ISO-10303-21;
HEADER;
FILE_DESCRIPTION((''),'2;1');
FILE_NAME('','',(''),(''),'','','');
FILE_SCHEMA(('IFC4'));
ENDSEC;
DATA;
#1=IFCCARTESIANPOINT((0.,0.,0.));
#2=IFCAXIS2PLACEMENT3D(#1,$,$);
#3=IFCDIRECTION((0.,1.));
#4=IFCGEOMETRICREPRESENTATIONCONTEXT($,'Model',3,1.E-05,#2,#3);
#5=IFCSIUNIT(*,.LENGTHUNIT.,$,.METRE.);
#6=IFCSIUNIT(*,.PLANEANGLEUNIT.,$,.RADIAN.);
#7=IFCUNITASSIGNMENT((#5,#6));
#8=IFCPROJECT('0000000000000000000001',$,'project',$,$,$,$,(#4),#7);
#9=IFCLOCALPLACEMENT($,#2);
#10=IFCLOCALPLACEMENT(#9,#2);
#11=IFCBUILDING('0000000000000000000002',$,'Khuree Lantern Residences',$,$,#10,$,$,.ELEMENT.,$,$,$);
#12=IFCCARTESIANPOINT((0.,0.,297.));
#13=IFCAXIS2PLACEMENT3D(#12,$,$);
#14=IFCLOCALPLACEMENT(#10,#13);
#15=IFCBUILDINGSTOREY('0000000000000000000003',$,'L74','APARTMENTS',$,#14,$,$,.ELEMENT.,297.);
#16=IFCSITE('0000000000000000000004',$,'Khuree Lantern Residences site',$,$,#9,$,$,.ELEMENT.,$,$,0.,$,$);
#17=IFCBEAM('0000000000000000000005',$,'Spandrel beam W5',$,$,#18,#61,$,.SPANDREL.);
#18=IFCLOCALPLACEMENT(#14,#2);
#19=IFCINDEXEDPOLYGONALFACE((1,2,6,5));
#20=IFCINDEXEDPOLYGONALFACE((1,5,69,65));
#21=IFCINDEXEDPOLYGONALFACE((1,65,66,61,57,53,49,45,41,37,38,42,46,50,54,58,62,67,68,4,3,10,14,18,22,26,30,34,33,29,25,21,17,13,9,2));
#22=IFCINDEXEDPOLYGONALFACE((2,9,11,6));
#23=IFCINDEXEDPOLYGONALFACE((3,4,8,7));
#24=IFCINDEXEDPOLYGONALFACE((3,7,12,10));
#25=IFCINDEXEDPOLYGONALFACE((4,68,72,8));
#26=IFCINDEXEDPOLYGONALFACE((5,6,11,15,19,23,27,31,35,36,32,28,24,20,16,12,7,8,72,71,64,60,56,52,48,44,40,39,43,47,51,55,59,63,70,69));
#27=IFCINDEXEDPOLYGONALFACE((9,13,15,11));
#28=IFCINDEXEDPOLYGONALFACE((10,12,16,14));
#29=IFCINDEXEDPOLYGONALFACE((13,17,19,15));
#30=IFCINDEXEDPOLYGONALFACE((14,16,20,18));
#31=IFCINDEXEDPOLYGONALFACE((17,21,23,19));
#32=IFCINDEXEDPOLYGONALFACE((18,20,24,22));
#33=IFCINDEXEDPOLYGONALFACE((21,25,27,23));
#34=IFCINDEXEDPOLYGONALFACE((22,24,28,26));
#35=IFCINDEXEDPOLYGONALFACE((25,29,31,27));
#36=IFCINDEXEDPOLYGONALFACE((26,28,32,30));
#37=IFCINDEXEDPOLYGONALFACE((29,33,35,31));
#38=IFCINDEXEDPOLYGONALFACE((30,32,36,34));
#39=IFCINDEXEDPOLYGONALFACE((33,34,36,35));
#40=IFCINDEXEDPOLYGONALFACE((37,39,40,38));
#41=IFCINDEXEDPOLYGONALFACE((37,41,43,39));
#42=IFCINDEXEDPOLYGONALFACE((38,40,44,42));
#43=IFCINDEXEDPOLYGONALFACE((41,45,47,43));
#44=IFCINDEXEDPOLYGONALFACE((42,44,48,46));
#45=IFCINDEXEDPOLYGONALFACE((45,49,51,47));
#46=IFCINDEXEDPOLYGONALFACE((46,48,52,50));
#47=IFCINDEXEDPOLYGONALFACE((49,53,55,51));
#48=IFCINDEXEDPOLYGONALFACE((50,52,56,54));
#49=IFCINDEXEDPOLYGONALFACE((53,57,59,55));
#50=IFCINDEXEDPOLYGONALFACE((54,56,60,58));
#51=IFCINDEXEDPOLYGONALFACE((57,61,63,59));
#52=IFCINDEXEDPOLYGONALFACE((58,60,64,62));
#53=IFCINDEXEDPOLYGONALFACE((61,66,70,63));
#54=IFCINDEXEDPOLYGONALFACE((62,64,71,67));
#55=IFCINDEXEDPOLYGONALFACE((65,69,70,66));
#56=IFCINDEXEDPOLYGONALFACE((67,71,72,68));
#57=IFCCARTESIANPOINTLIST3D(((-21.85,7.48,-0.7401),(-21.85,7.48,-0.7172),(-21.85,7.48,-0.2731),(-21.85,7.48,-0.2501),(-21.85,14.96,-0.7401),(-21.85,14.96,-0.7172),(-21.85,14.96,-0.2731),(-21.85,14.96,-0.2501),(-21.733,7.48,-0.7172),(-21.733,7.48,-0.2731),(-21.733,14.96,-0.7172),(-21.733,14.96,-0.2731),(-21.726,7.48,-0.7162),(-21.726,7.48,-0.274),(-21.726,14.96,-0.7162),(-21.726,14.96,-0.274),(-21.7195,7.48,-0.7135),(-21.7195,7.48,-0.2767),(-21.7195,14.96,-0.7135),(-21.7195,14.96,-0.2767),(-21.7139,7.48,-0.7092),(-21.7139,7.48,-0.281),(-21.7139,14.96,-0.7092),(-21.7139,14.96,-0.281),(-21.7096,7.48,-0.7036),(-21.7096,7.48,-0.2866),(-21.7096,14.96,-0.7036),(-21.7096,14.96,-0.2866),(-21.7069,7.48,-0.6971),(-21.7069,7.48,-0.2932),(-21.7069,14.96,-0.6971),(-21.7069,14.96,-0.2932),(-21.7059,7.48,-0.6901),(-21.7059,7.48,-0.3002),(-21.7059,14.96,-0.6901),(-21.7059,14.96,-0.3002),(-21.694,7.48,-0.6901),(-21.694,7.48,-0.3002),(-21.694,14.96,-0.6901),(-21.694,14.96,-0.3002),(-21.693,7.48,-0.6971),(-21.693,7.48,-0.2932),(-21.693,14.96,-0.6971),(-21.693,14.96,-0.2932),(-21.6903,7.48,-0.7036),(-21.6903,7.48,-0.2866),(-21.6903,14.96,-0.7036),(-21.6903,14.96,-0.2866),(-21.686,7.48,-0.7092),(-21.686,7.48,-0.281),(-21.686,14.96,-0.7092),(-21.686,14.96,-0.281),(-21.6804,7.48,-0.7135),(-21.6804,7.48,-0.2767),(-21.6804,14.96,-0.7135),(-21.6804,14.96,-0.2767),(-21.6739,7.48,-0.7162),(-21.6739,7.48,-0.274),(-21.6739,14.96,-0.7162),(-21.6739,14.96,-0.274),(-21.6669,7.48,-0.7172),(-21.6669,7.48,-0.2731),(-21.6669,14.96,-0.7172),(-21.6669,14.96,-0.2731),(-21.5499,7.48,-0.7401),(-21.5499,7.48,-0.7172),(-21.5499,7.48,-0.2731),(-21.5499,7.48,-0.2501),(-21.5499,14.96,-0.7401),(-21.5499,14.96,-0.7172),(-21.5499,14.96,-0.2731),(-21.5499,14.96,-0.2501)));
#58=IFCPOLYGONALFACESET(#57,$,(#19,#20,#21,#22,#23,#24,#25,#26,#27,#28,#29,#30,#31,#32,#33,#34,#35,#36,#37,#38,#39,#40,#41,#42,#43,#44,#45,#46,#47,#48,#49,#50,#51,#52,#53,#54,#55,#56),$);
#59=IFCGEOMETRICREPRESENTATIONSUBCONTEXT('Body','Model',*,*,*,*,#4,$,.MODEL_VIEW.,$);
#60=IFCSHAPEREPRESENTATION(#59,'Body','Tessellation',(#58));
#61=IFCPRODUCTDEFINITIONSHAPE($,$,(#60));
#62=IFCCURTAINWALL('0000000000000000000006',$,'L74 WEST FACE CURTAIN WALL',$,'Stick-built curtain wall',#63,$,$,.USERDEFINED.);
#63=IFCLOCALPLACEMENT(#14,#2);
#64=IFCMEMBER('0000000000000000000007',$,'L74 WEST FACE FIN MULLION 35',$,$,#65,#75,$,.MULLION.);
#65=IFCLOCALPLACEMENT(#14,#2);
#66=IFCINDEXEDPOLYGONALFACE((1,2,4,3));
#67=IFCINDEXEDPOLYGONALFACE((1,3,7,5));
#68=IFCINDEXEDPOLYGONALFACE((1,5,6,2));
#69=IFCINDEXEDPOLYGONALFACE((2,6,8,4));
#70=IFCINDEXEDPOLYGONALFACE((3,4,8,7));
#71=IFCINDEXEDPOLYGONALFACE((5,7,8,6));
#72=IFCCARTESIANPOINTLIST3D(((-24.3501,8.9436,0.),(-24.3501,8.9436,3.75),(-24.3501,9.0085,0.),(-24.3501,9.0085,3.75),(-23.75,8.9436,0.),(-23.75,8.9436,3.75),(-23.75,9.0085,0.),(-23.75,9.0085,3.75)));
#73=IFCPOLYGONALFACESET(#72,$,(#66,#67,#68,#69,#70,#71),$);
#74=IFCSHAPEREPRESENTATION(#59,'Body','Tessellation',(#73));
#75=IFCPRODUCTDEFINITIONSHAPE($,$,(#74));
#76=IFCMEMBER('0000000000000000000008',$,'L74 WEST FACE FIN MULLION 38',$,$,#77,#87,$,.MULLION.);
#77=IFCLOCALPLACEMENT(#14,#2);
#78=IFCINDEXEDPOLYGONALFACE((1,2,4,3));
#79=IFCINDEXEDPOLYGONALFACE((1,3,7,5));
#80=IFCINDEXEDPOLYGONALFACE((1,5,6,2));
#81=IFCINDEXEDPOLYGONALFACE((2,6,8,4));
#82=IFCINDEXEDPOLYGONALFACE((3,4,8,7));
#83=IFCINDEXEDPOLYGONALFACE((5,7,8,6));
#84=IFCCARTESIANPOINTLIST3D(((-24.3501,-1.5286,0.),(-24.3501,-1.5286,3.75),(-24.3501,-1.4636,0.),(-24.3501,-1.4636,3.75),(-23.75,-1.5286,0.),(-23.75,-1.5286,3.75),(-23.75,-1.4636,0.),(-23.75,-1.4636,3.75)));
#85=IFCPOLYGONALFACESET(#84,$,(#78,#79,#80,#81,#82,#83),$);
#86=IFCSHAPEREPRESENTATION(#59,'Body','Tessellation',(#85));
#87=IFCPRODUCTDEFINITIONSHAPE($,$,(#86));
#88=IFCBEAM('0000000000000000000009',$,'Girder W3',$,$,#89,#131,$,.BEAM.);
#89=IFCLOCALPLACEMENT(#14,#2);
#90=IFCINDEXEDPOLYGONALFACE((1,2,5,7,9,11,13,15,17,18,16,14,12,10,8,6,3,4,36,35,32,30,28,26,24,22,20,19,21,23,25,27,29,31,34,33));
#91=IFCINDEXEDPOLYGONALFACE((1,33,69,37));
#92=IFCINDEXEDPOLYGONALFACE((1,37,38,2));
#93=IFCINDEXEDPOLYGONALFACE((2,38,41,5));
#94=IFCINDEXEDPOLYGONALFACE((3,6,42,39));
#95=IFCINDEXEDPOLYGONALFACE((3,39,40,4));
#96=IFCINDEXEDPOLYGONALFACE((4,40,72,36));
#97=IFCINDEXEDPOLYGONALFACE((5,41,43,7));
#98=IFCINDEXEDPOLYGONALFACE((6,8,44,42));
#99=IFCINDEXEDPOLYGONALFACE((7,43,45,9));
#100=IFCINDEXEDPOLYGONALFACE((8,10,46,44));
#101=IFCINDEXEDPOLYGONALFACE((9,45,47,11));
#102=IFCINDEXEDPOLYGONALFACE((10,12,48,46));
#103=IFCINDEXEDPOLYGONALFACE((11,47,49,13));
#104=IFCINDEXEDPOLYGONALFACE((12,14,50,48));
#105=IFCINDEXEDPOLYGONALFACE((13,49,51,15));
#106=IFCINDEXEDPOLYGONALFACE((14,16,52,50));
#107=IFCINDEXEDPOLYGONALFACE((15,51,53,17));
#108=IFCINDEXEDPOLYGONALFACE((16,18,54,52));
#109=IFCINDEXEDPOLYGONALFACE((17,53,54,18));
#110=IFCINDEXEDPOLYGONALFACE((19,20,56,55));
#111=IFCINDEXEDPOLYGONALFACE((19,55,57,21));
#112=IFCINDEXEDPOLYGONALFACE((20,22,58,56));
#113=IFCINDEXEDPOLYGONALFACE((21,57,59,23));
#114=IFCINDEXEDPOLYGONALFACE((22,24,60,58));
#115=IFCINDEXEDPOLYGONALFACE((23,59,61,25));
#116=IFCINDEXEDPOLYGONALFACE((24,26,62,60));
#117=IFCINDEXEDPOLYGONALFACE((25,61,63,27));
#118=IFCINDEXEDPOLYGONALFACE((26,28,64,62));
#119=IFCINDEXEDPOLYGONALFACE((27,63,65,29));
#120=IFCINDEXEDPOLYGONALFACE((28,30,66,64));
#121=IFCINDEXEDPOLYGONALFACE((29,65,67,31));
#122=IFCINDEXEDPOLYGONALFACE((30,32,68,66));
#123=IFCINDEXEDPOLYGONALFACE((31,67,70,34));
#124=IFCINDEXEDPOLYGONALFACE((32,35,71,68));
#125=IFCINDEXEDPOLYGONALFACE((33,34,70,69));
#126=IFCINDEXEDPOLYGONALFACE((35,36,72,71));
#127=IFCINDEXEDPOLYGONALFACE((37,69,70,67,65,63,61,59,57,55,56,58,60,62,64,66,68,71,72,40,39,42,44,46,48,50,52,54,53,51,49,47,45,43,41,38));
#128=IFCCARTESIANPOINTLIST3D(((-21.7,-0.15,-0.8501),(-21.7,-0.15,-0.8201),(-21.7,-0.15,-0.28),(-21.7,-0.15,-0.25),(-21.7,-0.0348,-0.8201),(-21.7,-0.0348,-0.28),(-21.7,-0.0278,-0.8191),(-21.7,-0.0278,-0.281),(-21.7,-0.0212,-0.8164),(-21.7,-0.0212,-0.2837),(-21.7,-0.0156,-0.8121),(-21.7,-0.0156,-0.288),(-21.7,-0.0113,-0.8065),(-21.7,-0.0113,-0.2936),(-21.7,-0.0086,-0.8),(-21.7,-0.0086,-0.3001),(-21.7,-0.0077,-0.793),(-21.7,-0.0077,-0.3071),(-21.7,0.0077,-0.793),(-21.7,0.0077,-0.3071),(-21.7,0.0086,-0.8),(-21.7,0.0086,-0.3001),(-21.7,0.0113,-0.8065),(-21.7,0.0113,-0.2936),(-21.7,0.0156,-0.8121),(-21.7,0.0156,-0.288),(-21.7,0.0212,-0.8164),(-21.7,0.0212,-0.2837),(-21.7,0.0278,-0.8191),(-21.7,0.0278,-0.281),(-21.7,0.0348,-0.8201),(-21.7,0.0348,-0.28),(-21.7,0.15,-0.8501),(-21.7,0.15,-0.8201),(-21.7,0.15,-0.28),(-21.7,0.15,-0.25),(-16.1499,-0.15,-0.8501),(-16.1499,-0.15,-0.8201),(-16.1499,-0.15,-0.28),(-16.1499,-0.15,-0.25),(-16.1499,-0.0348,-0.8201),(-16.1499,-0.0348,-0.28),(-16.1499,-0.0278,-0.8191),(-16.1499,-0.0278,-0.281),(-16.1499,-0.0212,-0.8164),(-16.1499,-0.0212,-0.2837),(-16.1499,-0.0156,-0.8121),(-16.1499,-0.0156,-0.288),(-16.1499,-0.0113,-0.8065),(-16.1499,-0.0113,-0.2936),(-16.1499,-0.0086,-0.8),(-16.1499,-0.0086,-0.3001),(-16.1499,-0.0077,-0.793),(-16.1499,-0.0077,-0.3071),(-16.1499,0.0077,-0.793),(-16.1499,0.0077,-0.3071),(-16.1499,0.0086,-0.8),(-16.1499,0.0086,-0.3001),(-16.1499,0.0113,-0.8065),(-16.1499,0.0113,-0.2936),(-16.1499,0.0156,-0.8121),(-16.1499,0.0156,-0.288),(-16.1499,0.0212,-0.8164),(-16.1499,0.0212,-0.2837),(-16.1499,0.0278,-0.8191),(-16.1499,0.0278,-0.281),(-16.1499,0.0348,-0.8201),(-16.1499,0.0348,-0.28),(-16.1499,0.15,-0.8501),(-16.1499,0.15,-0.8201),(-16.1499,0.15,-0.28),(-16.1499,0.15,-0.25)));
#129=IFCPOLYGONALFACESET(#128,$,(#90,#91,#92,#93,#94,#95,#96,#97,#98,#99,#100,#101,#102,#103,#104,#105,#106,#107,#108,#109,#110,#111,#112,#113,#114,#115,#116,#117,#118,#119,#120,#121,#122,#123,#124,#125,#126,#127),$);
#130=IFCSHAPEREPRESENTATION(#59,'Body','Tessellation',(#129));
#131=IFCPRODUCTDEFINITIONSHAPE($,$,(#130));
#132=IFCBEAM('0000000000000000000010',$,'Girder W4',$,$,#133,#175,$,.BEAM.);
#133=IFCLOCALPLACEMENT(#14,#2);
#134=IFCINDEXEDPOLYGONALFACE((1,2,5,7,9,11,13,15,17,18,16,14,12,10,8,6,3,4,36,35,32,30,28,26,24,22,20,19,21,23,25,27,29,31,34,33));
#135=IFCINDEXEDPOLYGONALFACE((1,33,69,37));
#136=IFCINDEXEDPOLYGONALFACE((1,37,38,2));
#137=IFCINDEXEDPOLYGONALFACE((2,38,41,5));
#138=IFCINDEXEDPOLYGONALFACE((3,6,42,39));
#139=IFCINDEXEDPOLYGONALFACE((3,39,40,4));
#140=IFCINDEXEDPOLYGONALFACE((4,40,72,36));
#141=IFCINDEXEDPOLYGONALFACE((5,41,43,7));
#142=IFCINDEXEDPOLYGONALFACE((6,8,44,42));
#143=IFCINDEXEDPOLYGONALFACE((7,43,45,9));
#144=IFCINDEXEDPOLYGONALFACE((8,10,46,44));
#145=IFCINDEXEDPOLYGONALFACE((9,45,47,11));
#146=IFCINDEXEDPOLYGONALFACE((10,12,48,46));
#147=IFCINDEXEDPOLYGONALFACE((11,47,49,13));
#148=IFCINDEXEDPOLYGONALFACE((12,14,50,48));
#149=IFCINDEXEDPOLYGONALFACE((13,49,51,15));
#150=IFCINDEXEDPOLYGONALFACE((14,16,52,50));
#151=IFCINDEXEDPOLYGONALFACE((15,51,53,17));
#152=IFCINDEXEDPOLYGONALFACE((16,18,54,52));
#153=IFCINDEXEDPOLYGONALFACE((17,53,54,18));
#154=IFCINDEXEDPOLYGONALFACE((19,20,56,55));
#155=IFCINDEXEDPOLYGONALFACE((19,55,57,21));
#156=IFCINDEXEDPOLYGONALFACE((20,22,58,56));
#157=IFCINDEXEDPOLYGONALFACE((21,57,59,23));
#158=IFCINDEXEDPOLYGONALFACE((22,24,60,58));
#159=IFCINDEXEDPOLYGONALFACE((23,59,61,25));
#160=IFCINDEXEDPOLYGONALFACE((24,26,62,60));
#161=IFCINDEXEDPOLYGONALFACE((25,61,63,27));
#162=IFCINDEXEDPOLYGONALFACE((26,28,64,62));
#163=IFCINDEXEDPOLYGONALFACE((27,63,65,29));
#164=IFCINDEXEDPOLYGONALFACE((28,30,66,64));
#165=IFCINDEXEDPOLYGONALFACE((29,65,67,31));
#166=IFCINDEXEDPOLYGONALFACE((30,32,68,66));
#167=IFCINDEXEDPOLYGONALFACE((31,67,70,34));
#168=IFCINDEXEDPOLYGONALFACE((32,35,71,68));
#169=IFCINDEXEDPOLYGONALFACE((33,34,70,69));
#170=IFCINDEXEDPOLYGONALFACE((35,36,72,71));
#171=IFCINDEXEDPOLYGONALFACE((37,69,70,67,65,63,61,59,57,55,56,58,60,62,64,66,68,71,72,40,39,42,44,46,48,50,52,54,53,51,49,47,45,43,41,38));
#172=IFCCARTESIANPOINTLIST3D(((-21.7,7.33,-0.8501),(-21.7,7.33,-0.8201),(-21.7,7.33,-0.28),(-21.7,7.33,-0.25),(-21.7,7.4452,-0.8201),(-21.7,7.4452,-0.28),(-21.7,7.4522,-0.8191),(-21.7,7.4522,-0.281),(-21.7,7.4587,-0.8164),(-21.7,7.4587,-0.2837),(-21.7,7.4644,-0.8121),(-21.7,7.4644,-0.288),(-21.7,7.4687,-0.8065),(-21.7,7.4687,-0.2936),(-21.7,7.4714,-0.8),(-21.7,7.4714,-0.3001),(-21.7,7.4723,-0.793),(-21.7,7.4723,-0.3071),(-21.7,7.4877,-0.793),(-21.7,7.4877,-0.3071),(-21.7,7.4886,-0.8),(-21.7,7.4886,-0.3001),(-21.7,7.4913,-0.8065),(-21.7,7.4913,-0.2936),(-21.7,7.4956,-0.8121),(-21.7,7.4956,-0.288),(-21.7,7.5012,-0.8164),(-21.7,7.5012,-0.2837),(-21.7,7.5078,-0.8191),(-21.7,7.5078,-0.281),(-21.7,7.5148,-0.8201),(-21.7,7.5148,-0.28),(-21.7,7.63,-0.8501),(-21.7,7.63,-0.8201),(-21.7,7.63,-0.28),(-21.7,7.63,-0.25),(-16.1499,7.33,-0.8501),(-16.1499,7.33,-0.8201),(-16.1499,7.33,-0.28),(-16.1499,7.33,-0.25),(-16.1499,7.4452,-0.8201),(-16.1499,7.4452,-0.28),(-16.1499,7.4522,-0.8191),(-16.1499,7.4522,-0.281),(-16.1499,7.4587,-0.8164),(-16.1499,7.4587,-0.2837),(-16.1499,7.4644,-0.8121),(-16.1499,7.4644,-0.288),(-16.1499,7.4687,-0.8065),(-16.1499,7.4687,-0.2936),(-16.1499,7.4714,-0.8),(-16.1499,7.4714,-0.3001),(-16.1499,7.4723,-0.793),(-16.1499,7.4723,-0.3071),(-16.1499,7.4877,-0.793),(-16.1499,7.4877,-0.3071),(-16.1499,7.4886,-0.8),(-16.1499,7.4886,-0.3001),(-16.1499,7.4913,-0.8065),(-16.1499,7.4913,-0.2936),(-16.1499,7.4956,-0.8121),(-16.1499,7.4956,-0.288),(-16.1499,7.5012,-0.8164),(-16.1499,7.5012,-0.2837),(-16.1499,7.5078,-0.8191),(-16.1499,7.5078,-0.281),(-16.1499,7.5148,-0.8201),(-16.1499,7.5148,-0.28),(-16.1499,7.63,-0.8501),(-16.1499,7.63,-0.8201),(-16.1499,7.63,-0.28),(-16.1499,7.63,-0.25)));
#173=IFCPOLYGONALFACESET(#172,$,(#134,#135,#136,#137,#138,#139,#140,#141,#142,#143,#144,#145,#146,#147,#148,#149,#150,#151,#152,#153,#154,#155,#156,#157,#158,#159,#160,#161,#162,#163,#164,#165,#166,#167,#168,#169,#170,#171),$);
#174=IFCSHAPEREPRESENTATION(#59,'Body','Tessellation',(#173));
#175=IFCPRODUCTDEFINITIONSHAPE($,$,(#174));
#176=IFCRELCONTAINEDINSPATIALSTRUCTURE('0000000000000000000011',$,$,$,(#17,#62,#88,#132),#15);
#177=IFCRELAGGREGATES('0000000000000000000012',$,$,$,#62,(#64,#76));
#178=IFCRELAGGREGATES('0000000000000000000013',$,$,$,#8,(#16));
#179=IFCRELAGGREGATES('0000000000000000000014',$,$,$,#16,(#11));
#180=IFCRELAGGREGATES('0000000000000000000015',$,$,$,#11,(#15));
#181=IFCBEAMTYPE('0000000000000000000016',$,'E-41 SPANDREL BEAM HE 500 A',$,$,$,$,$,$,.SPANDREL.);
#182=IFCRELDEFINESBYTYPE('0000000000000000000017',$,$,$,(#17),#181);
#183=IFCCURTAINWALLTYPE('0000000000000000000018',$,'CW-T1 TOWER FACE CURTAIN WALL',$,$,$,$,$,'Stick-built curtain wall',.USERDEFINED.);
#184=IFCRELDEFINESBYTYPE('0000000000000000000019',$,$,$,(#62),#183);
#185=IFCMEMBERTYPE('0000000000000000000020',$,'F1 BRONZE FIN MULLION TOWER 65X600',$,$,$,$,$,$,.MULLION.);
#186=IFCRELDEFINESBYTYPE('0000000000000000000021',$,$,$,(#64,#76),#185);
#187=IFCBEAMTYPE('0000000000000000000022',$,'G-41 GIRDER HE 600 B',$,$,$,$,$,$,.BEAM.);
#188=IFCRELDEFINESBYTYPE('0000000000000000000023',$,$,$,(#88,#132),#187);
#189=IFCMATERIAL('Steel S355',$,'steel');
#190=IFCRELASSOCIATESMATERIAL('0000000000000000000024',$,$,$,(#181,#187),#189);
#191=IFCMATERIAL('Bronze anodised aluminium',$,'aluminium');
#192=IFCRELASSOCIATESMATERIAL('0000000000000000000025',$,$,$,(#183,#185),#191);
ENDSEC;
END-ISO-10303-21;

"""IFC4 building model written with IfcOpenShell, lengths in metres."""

from ifc_helpers import new_model, si_unit, direction, frame, origin, origin_2d, place, context, subcontext, project, spatial, rectangle, i_section, extrude, material, material_profile, profile_set, type_object, element, aggregate, save


model = new_model("IFC4")

# Units and contexts
model_context = context("Model", 3, precision=1e-05, world=origin(), true_north=direction((0.0, 1.0)))
body_context = subcontext(model_context, "Body", "Model", "MODEL_VIEW")
ifc_project = project(units=[si_unit("LENGTHUNIT", "METRE"), si_unit("PLANEANGLEUNIT", "RADIAN")], contexts=[model_context])

# Site, building, storey
site_placement = place(None, origin())
site = spatial("IfcSite", under=ifc_project, at=site_placement, Name="Khuree Lantern Residences site", CompositionType="ELEMENT", RefElevation=0.0)
building_placement = place(site_placement, origin())
building = spatial("IfcBuilding", under=site, at=building_placement, Name="Khuree Lantern Residences", CompositionType="ELEMENT")
storey_placement = place(building_placement, frame((0.0, 0.0, 297.0)))
storey = spatial("IfcBuildingStorey", under=building, at=storey_placement, Name="L74", Description="APARTMENTS", CompositionType="ELEMENT", Elevation=297.0)

# Beam
ifc_material_1 = material(Name="Steel S355", Category="steel")
ifc_material_profile_1 = material_profile(ifc_material_1, i_section(OverallWidth=0.3, OverallDepth=0.49, WebThickness=0.012, FlangeThickness=0.0229, FilletRadius=0.0271, at=origin_2d()), Name="HE 500 A")
ifc_profile_set_1 = profile_set([ifc_material_profile_1], Name="Steel S355")
beam_type_1 = type_object("IfcBeamType", Name="E-41 SPANDREL BEAM HE 500 A", PredefinedType="SPANDREL", material=ifc_profile_set_1)
for number, where, z_axis, x_axis, name in (
    (1, (-21.7, 7.48, -0.4951), (0.0, 1.0, 0.0), (-1.0, 0.0, 0.0), "Spandrel beam W5"),
):
    element("IfcBeam", number, at=place(storey_placement, frame(where, z_axis=z_axis, x_axis=x_axis)), inside=storey, type_object=beam_type_1, Name=name, PredefinedType="SPANDREL", context=body_context, shape_type="SweptSolid", body=[
        extrude(i_section(OverallWidth=0.3, OverallDepth=0.49, WebThickness=0.012, FlangeThickness=0.0229, FilletRadius=0.0271, at=origin_2d()), origin(), (0.0, 0.0, 1.0), 7.48),
    ])

# Curtain wall, members
ifc_material_2 = material(Name="Bronze anodised aluminium", Category="aluminium")
curtain_wall_type = type_object("IfcCurtainWallType", Name="CW-T1 TOWER FACE CURTAIN WALL", ElementType="Stick-built curtain wall", PredefinedType="USERDEFINED", material=ifc_material_2)
curtain_wall_placement = place(storey_placement, origin())
curtain_wall = element("IfcCurtainWall", 2, at=curtain_wall_placement, inside=storey, type_object=curtain_wall_type, Name="L74 WEST FACE CURTAIN WALL", ObjectType="Stick-built curtain wall", PredefinedType="USERDEFINED")
ifc_material_profile_2 = material_profile(ifc_material_2, rectangle(XDim=0.0649, YDim=0.6001, at=origin_2d()), Name="F1 65X600")
ifc_profile_set_2 = profile_set([ifc_material_profile_2], Name="Bronze anodised aluminium")
member_type_1 = type_object("IfcMemberType", Name="F1 BRONZE FIN MULLION TOWER 65X600", PredefinedType="MULLION", material=ifc_profile_set_2)
member_1_placement = place(storey_placement, frame((-24.05, 8.9761, 0.0), z_axis=(0.0, 0.0, 1.0), x_axis=(0.0, -1.0, 0.0)))
member_1 = element("IfcMember", 3, at=member_1_placement, type_object=member_type_1, Name="L74 WEST FACE FIN MULLION 35", PredefinedType="MULLION", context=body_context, shape_type="SweptSolid", body=[
    extrude(rectangle(XDim=0.0649, YDim=0.6001, at=origin_2d()), origin(), (0.0, 0.0, 1.0), 3.75),
])
member_2_placement = place(storey_placement, frame((-24.05, -1.4961, 0.0), z_axis=(0.0, 0.0, 1.0), x_axis=(0.0, -1.0, 0.0)))
member_2 = element("IfcMember", 4, at=member_2_placement, type_object=member_type_1, Name="L74 WEST FACE FIN MULLION 38", PredefinedType="MULLION", context=body_context, shape_type="SweptSolid", body=[
    extrude(rectangle(XDim=0.0649, YDim=0.6001, at=origin_2d()), origin(), (0.0, 0.0, 1.0), 3.75),
])

# Beams
ifc_material_profile_3 = material_profile(ifc_material_1, i_section(OverallWidth=0.3, OverallDepth=0.6001, WebThickness=0.0154, FlangeThickness=0.03, FilletRadius=0.0271, at=origin_2d()), Name="HE 600 B")
ifc_profile_set_3 = profile_set([ifc_material_profile_3], Name="Steel S355")
beam_type_2 = type_object("IfcBeamType", Name="G-41 GIRDER HE 600 B", PredefinedType="BEAM", material=ifc_profile_set_3)
for number, where, z_axis, x_axis, name in (
    (5, (-21.7, 0.0, -0.55), (1.0, 0.0, 0.0), (0.0, 1.0, 0.0), "Girder W3"),
    (6, (-21.7, 7.48, -0.55), (1.0, 0.0, 0.0), (0.0, 1.0, 0.0), "Girder W4"),
):
    element("IfcBeam", number, at=place(storey_placement, frame(where, z_axis=z_axis, x_axis=x_axis)), inside=storey, type_object=beam_type_2, Name=name, PredefinedType="BEAM", context=body_context, shape_type="SweptSolid", body=[
        extrude(i_section(OverallWidth=0.3, OverallDepth=0.6001, WebThickness=0.0154, FlangeThickness=0.03, FilletRadius=0.0271, at=origin_2d()), origin(), (0.0, 0.0, 1.0), 5.55),
    ])

aggregate(curtain_wall, [member_1, member_2])

save(model, "model.ifc")
